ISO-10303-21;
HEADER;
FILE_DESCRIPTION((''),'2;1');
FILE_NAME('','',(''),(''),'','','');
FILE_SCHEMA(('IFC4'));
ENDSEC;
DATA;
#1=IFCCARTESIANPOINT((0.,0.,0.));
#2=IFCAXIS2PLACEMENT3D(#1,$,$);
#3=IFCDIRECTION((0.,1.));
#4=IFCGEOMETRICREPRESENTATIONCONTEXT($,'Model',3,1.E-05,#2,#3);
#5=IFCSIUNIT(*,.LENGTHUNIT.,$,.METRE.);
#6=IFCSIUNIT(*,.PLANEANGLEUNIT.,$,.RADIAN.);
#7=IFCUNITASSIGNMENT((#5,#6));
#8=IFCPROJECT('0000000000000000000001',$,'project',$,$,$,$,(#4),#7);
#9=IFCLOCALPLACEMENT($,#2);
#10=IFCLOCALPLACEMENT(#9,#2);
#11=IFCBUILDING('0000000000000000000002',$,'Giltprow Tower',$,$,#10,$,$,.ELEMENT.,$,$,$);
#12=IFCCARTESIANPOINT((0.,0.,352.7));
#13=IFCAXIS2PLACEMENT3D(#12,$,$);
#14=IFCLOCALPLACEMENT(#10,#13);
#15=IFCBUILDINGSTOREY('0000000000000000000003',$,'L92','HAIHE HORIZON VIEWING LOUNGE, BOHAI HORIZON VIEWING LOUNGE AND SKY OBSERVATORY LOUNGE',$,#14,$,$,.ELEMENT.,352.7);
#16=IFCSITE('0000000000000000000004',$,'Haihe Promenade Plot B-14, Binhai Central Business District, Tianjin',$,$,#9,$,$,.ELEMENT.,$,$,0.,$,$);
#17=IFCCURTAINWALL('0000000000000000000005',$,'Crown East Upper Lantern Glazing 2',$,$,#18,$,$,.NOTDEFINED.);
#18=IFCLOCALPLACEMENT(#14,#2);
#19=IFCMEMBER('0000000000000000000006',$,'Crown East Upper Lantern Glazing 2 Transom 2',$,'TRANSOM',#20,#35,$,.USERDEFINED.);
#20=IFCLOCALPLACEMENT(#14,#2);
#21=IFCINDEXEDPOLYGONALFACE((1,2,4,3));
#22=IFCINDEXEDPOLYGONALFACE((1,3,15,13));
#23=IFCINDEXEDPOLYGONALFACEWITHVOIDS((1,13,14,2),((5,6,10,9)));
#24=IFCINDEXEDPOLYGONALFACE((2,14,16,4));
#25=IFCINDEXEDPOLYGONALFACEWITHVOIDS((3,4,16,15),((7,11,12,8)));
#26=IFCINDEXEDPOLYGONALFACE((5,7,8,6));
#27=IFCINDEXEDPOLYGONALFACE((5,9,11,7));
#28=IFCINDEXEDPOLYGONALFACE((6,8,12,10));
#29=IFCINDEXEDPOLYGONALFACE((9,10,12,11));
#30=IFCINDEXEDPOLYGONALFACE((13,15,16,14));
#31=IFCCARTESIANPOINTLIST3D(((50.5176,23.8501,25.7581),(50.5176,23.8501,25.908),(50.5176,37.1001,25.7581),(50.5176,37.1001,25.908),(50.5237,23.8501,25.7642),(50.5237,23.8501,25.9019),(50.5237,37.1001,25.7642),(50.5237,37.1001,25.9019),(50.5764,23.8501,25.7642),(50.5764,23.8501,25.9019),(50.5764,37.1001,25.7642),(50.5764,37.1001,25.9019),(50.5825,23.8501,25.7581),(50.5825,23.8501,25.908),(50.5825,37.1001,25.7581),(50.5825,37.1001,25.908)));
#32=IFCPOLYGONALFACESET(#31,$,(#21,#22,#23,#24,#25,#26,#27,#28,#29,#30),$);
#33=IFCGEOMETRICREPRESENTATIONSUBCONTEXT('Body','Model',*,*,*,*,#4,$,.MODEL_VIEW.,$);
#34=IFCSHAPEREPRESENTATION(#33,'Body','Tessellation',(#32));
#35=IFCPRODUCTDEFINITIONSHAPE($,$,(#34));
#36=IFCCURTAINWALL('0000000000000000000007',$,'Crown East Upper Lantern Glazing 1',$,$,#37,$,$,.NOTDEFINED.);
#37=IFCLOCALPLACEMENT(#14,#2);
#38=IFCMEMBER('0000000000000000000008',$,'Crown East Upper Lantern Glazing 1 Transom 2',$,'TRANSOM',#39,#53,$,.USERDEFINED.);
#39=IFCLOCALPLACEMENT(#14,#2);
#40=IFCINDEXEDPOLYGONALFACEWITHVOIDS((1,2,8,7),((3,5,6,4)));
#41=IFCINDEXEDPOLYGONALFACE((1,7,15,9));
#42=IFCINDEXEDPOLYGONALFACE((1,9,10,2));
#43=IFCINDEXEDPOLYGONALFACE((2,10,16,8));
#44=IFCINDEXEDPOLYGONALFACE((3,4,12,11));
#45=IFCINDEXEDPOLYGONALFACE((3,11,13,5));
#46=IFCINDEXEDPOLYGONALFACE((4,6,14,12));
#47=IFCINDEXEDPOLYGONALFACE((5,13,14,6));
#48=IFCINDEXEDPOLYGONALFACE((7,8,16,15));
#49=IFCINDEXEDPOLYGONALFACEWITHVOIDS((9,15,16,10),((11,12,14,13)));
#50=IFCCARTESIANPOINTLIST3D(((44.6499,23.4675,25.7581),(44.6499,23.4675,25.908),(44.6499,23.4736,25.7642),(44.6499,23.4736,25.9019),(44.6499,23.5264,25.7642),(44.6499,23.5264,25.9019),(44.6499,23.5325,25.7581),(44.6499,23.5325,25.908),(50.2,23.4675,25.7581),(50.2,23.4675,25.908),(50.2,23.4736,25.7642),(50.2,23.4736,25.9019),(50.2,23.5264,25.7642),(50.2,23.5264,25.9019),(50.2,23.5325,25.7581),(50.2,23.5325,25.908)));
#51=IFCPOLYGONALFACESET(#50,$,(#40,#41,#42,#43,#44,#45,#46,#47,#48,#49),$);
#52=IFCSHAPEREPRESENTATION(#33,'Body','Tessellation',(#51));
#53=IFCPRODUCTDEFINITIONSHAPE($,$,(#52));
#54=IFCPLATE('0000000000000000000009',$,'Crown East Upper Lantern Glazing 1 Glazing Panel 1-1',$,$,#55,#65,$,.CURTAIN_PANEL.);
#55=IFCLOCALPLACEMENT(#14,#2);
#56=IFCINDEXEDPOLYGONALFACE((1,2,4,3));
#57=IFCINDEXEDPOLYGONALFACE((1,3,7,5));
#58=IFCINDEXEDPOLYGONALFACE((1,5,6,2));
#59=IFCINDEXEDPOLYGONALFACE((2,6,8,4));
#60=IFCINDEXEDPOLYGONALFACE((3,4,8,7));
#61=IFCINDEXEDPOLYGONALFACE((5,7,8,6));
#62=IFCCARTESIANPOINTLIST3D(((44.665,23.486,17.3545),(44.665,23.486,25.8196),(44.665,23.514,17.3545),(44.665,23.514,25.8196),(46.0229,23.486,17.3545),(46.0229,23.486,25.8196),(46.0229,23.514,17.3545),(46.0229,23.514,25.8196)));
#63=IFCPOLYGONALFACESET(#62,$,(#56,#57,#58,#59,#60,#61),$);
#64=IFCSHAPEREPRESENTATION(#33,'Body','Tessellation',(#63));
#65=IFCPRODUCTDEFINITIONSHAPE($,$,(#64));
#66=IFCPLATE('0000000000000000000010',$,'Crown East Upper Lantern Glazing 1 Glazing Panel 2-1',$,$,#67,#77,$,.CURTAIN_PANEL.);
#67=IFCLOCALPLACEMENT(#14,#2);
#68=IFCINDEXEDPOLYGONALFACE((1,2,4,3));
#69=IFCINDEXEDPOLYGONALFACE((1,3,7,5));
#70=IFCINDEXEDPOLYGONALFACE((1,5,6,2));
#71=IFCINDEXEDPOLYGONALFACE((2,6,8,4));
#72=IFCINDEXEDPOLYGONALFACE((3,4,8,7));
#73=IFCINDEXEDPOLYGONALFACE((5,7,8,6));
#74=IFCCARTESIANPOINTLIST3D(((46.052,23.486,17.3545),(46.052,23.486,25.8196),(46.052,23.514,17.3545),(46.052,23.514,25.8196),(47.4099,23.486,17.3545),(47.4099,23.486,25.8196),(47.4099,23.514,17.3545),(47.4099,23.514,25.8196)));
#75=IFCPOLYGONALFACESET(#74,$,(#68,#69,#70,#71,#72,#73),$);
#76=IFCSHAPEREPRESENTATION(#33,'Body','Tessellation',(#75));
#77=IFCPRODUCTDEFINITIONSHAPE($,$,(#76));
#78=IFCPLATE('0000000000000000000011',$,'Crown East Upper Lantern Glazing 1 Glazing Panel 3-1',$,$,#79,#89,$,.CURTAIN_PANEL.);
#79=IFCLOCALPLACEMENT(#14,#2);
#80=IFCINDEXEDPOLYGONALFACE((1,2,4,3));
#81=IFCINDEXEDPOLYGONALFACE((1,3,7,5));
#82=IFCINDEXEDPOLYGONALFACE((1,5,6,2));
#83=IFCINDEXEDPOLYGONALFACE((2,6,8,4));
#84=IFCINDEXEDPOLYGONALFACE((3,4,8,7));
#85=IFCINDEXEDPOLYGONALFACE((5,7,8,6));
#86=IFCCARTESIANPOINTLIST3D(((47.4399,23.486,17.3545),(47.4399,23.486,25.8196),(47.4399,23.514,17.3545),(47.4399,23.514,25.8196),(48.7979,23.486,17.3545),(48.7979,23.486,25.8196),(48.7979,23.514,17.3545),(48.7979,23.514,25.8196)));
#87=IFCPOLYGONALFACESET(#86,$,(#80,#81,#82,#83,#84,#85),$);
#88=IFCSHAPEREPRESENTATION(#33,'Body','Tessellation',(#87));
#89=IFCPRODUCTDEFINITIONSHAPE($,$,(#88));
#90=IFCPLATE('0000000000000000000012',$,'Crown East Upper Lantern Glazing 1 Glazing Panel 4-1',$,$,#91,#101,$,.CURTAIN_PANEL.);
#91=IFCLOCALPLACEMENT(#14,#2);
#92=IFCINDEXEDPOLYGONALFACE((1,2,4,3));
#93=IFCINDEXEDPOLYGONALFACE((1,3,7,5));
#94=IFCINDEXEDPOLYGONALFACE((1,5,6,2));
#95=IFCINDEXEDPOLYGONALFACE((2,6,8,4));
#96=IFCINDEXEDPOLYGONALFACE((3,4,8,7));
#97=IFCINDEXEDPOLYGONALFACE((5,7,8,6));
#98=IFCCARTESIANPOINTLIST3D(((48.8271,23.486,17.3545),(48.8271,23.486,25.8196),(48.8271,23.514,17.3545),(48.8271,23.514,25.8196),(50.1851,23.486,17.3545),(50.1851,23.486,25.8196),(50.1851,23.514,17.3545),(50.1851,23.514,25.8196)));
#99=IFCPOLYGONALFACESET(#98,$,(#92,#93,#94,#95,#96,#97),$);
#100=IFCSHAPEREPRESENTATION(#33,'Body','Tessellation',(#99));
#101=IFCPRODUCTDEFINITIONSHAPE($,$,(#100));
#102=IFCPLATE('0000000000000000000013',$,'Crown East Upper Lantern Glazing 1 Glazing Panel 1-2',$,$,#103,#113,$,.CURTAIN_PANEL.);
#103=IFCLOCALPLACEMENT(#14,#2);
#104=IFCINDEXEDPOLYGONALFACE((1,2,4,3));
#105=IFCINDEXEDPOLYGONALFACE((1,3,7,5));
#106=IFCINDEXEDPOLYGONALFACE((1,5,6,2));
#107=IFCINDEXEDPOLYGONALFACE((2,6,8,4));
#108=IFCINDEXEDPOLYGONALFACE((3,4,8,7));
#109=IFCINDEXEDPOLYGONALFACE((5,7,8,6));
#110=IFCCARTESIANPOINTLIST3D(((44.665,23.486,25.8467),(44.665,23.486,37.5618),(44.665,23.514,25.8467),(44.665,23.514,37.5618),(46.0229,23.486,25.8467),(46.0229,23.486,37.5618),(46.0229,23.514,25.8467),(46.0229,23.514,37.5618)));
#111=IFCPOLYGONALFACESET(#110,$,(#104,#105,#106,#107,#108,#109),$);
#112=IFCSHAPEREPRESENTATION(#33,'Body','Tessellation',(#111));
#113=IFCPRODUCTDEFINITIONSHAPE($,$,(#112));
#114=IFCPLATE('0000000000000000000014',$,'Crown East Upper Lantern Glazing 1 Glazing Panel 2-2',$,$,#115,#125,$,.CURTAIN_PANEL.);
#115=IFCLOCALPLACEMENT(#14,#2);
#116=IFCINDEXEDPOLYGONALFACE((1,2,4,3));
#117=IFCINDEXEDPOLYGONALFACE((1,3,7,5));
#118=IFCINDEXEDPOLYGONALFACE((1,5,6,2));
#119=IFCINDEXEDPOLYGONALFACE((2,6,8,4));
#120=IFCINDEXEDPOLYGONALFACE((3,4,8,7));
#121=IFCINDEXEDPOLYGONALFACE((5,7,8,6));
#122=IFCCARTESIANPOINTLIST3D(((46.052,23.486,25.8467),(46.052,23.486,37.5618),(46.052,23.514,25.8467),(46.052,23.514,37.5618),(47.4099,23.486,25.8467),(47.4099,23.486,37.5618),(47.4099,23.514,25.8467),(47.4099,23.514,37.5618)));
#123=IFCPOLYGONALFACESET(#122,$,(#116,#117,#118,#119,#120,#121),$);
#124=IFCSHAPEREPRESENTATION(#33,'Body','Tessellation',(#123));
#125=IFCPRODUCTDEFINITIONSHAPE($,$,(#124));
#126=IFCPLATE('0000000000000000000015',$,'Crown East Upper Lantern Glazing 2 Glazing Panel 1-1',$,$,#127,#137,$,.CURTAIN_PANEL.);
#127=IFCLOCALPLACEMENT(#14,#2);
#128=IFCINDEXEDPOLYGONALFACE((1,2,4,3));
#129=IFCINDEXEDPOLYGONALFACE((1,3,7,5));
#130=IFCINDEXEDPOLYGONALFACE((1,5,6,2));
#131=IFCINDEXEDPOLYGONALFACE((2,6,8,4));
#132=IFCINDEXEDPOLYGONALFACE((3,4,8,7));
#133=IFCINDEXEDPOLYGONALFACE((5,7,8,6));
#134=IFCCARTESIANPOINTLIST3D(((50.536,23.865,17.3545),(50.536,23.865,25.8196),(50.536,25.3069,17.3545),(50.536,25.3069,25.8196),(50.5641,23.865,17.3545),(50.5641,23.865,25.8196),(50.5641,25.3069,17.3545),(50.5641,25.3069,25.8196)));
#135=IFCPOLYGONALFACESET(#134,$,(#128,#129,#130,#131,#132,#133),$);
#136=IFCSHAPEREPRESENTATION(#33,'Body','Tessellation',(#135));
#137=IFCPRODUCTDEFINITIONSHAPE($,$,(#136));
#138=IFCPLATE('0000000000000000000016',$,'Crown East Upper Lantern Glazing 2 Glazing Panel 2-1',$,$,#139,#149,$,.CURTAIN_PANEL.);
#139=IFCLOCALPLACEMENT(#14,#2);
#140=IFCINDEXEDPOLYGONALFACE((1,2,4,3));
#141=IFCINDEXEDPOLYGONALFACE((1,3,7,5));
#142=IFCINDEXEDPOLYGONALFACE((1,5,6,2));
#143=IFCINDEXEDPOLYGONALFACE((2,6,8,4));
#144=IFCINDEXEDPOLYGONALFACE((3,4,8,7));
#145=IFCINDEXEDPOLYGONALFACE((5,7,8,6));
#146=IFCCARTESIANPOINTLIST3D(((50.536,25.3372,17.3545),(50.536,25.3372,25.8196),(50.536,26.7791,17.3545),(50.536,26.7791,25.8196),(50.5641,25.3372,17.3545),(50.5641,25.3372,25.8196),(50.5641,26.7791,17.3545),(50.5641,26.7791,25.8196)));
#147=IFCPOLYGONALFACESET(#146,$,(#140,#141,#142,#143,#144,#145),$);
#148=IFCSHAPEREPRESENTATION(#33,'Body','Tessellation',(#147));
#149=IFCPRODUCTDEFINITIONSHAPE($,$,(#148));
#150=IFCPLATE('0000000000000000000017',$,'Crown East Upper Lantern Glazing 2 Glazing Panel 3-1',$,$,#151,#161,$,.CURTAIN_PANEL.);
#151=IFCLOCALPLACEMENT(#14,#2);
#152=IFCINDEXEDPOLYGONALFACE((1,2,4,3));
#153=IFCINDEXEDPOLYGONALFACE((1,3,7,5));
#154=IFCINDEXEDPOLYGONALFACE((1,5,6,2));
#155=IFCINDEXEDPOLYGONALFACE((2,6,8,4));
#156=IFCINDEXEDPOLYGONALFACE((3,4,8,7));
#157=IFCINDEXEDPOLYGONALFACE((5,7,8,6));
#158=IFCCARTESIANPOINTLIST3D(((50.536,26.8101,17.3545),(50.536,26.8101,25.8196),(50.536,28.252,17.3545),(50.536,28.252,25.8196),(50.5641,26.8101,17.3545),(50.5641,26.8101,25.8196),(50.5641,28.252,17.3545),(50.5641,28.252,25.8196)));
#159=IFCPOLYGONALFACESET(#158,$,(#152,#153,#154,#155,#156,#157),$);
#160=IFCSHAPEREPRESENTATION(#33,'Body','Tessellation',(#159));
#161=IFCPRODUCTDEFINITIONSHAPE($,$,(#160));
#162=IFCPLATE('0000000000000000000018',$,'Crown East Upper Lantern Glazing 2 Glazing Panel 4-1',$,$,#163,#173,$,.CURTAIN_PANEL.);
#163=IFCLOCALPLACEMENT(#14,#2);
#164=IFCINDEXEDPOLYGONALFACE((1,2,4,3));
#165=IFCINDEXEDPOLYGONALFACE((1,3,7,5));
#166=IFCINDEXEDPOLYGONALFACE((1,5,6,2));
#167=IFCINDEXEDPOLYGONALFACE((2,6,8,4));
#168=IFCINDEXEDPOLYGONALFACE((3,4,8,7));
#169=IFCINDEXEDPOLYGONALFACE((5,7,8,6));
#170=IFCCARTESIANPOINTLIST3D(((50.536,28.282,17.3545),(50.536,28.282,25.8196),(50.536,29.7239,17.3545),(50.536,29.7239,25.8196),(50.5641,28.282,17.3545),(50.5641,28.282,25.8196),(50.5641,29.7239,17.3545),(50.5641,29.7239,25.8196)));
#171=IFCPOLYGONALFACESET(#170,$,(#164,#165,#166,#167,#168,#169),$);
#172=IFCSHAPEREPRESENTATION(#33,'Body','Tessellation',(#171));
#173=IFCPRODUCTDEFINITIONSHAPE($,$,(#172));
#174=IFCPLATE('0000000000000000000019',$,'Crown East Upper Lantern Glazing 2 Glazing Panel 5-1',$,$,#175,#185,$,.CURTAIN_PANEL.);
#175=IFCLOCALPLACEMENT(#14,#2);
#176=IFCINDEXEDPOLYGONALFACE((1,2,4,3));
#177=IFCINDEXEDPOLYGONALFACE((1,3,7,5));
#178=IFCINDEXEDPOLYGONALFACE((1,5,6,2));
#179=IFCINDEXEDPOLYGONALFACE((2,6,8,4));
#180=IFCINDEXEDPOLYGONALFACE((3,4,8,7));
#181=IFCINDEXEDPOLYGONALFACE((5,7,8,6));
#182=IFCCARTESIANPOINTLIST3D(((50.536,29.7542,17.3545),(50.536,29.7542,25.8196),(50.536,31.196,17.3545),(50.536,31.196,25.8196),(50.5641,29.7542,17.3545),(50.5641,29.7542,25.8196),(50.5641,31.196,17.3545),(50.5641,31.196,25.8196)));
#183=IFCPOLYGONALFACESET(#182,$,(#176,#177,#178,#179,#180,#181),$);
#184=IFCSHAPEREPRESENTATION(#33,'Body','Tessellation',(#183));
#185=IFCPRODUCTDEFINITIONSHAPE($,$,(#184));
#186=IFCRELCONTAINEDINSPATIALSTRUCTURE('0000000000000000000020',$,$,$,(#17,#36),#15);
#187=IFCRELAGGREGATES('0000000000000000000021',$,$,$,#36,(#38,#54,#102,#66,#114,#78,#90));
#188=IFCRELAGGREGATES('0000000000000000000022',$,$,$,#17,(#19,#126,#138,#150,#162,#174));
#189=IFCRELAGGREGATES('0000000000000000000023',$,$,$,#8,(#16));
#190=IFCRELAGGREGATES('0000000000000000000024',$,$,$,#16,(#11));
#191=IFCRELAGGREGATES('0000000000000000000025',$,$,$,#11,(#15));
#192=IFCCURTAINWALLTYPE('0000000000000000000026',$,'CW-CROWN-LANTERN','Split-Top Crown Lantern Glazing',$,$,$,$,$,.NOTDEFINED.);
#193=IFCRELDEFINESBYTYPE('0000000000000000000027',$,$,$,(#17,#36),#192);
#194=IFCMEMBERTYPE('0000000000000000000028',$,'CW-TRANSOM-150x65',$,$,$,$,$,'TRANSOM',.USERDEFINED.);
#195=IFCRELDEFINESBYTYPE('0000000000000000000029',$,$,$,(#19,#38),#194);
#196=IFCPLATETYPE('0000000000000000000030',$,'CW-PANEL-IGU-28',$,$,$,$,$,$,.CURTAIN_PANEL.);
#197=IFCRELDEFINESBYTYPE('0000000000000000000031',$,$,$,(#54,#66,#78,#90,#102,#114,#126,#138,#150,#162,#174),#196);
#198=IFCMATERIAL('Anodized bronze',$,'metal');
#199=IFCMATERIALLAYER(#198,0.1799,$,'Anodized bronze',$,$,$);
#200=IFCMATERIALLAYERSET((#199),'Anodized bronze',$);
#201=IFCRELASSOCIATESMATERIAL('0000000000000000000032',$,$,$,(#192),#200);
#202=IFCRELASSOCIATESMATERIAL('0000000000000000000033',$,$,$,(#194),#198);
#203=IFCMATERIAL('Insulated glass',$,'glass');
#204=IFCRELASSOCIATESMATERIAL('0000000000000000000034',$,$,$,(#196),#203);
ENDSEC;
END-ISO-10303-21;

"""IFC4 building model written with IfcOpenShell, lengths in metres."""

from ifc_helpers import new_model, si_unit, direction, frame, origin, origin_2d, place, context, subcontext, project, spatial, rectangle, hollow_rectangle, extrude, source, transform, mapped, material, layer, layer_set, material_profile, profile_set, type_object, element, aggregate, save


model = new_model("IFC4")

# Units and contexts
model_context = context("Model", 3, precision=1e-05, world=origin(), true_north=direction((0.0, 1.0)))
body_context = subcontext(model_context, "Body", "Model", "MODEL_VIEW")
ifc_project = project(units=[si_unit("LENGTHUNIT", "METRE"), si_unit("PLANEANGLEUNIT", "RADIAN")], contexts=[model_context])

# Site, building, storey
site_placement = place(None, origin())
site = spatial("IfcSite", under=ifc_project, at=site_placement, Name="Haihe Promenade Plot B-14, Binhai Central Business District, Tianjin", CompositionType="ELEMENT", RefElevation=0.0)
building_placement = place(site_placement, origin())
building = spatial("IfcBuilding", under=site, at=building_placement, Name="Giltprow Tower", CompositionType="ELEMENT")
storey_placement = place(building_placement, frame((0.0, 0.0, 352.7)))
storey = spatial("IfcBuildingStorey", under=building, at=storey_placement, Name="L92", Description="HAIHE HORIZON VIEWING LOUNGE, BOHAI HORIZON VIEWING LOUNGE AND SKY OBSERVATORY LOUNGE", CompositionType="ELEMENT", Elevation=352.7)

# Curtain wall, member
ifc_material_1 = material(Name="Anodized bronze", Category="metal")
ifc_layer = layer(ifc_material_1, 0.1799, Name="Anodized bronze")
ifc_layer_set = layer_set([ifc_layer], Name="Anodized bronze")
curtain_wall_type = type_object("IfcCurtainWallType", Name="CW-CROWN-LANTERN", Description="Split-Top Crown Lantern Glazing", PredefinedType="NOTDEFINED", material=ifc_layer_set)
curtain_wall_1_placement = place(storey_placement, origin())
curtain_wall_1 = element("IfcCurtainWall", 1, at=curtain_wall_1_placement, inside=storey, type_object=curtain_wall_type, Name="Crown East Upper Lantern Glazing 2", PredefinedType="NOTDEFINED")
ifc_material_profile = material_profile(ifc_material_1, hollow_rectangle(XDim=0.0649, YDim=0.1499, WallThickness=0.0061, at=origin_2d()), Name="RHS 150x65x6")
ifc_profile_set = profile_set([ifc_material_profile], Name="Anodized bronze")
member_type = type_object("IfcMemberType", Name="CW-TRANSOM-150x65", ElementType="TRANSOM", PredefinedType="USERDEFINED", material=ifc_profile_set)
shared_shape_1 = source(origin(), body_context, "Body", "SweptSolid", [
    extrude(hollow_rectangle(XDim=0.0649, YDim=0.1499, WallThickness=0.0061, at=origin_2d()), origin(), (0.0, 0.0, 1.0), 13.25),
])
member_1_placement = place(storey_placement, frame((50.55, 23.8501, 25.833), z_axis=(0.0, 1.0, 0.0), x_axis=(-1.0, 0.0, 0.0)))
member_1 = element("IfcMember", 2, at=member_1_placement, type_object=member_type, Name="Crown East Upper Lantern Glazing 2 Transom 2", ObjectType="TRANSOM", PredefinedType="USERDEFINED", context=body_context, shape_type="MappedRepresentation", body=[
    mapped(shared_shape_1, transform((0.0, 0.0, 0.0), x_axis=(1.0, 0.0, 0.0), y_axis=(0.0, 1.0, 0.0), z_axis=(0.0, 0.0, 1.0), scale=1.0)),
])

# Curtain wall, member, plates
curtain_wall_2_placement = place(storey_placement, origin())
curtain_wall_2 = element("IfcCurtainWall", 3, at=curtain_wall_2_placement, inside=storey, type_object=curtain_wall_type, Name="Crown East Upper Lantern Glazing 1", PredefinedType="NOTDEFINED")
shared_shape_2 = source(origin(), body_context, "Body", "SweptSolid", [
    extrude(hollow_rectangle(XDim=0.0649, YDim=0.1499, WallThickness=0.0061, at=origin_2d()), origin(), (0.0, 0.0, 1.0), 5.55),
])
member_2_placement = place(storey_placement, frame((44.6499, 23.5, 25.833), z_axis=(1.0, 0.0, 0.0), x_axis=(0.0, 1.0, 0.0)))
member_2 = element("IfcMember", 4, at=member_2_placement, type_object=member_type, Name="Crown East Upper Lantern Glazing 1 Transom 2", ObjectType="TRANSOM", PredefinedType="USERDEFINED", context=body_context, shape_type="MappedRepresentation", body=[
    mapped(shared_shape_2, transform((0.0, 0.0, 0.0), x_axis=(1.0, 0.0, 0.0), y_axis=(0.0, 1.0, 0.0), z_axis=(0.0, 0.0, 1.0), scale=1.0)),
])
ifc_material_2 = material(Name="Insulated glass", Category="glass")
plate_type = type_object("IfcPlateType", Name="CW-PANEL-IGU-28", PredefinedType="CURTAIN_PANEL", material=ifc_material_2)
shared_shape_3 = source(origin(), body_context, "Body", "SweptSolid", [
    extrude(rectangle(XDim=1.3579, YDim=0.0281, at=origin_2d()), origin(), (0.0, 0.0, 1.0), 8.4651),
])
plate_1_placement = place(storey_placement, frame((45.344, 23.5, 17.3545), z_axis=(0.0, 0.0, 1.0), x_axis=(1.0, 0.0, 0.0)))
plate_1 = element("IfcPlate", 5, at=plate_1_placement, type_object=plate_type, Name="Crown East Upper Lantern Glazing 1 Glazing Panel 1-1", PredefinedType="CURTAIN_PANEL", context=body_context, shape_type="MappedRepresentation", body=[
    mapped(shared_shape_3, transform((0.0, 0.0, 0.0), x_axis=(1.0, 0.0, 0.0), y_axis=(0.0, 1.0, 0.0), z_axis=(0.0, 0.0, 1.0), scale=1.0)),
])
plate_2_placement = place(storey_placement, frame((46.731, 23.5, 17.3545), z_axis=(0.0, 0.0, 1.0), x_axis=(1.0, 0.0, 0.0)))
plate_2 = element("IfcPlate", 6, at=plate_2_placement, type_object=plate_type, Name="Crown East Upper Lantern Glazing 1 Glazing Panel 2-1", PredefinedType="CURTAIN_PANEL", context=body_context, shape_type="MappedRepresentation", body=[
    mapped(shared_shape_3, transform((0.0, 0.0, 0.0), x_axis=(1.0, 0.0, 0.0), y_axis=(0.0, 1.0, 0.0), z_axis=(0.0, 0.0, 1.0), scale=1.0)),
])
plate_3_placement = place(storey_placement, frame((48.1189, 23.5, 17.3545), z_axis=(0.0, 0.0, 1.0), x_axis=(1.0, 0.0, 0.0)))
plate_3 = element("IfcPlate", 7, at=plate_3_placement, type_object=plate_type, Name="Crown East Upper Lantern Glazing 1 Glazing Panel 3-1", PredefinedType="CURTAIN_PANEL", context=body_context, shape_type="MappedRepresentation", body=[
    mapped(shared_shape_3, transform((0.0, 0.0, 0.0), x_axis=(1.0, 0.0, 0.0), y_axis=(0.0, 1.0, 0.0), z_axis=(0.0, 0.0, 1.0), scale=1.0)),
])
plate_4_placement = place(storey_placement, frame((49.5061, 23.5, 17.3545), z_axis=(0.0, 0.0, 1.0), x_axis=(1.0, 0.0, 0.0)))
plate_4 = element("IfcPlate", 8, at=plate_4_placement, type_object=plate_type, Name="Crown East Upper Lantern Glazing 1 Glazing Panel 4-1", PredefinedType="CURTAIN_PANEL", context=body_context, shape_type="MappedRepresentation", body=[
    mapped(shared_shape_3, transform((0.0, 0.0, 0.0), x_axis=(1.0, 0.0, 0.0), y_axis=(0.0, 1.0, 0.0), z_axis=(0.0, 0.0, 1.0), scale=1.0)),
])
shared_shape_4 = source(origin(), body_context, "Body", "SweptSolid", [
    extrude(rectangle(XDim=1.3579, YDim=0.0281, at=origin_2d()), origin(), (0.0, 0.0, 1.0), 11.7151),
])
plate_5_placement = place(storey_placement, frame((45.344, 23.5, 25.8467), z_axis=(0.0, 0.0, 1.0), x_axis=(1.0, 0.0, 0.0)))
plate_5 = element("IfcPlate", 9, at=plate_5_placement, type_object=plate_type, Name="Crown East Upper Lantern Glazing 1 Glazing Panel 1-2", PredefinedType="CURTAIN_PANEL", context=body_context, shape_type="MappedRepresentation", body=[
    mapped(shared_shape_4, transform((0.0, 0.0, 0.0), x_axis=(1.0, 0.0, 0.0), y_axis=(0.0, 1.0, 0.0), z_axis=(0.0, 0.0, 1.0), scale=1.0)),
])
plate_6_placement = place(storey_placement, frame((46.731, 23.5, 25.8467), z_axis=(0.0, 0.0, 1.0), x_axis=(1.0, 0.0, 0.0)))
plate_6 = element("IfcPlate", 10, at=plate_6_placement, type_object=plate_type, Name="Crown East Upper Lantern Glazing 1 Glazing Panel 2-2", PredefinedType="CURTAIN_PANEL", context=body_context, shape_type="MappedRepresentation", body=[
    mapped(shared_shape_4, transform((0.0, 0.0, 0.0), x_axis=(1.0, 0.0, 0.0), y_axis=(0.0, 1.0, 0.0), z_axis=(0.0, 0.0, 1.0), scale=1.0)),
])
aggregate(curtain_wall_2, [member_2, plate_1, plate_5, plate_2, plate_6, plate_3, plate_4])

# Plates
shared_shape_5 = source(origin(), body_context, "Body", "SweptSolid", [
    extrude(rectangle(XDim=1.4419, YDim=0.0281, at=origin_2d()), origin(), (0.0, 0.0, 1.0), 8.4651),
])
plate_7_placement = place(storey_placement, frame((50.55, 24.5859, 17.3545), z_axis=(0.0, 0.0, 1.0), x_axis=(0.0, 1.0, 0.0)))
plate_7 = element("IfcPlate", 11, at=plate_7_placement, type_object=plate_type, Name="Crown East Upper Lantern Glazing 2 Glazing Panel 1-1", PredefinedType="CURTAIN_PANEL", context=body_context, shape_type="MappedRepresentation", body=[
    mapped(shared_shape_5, transform((0.0, 0.0, 0.0), x_axis=(1.0, 0.0, 0.0), y_axis=(0.0, 1.0, 0.0), z_axis=(0.0, 0.0, 1.0), scale=1.0)),
])
plate_8_placement = place(storey_placement, frame((50.55, 26.0581, 17.3545), z_axis=(0.0, 0.0, 1.0), x_axis=(0.0, 1.0, 0.0)))
plate_8 = element("IfcPlate", 12, at=plate_8_placement, type_object=plate_type, Name="Crown East Upper Lantern Glazing 2 Glazing Panel 2-1", PredefinedType="CURTAIN_PANEL", context=body_context, shape_type="MappedRepresentation", body=[
    mapped(shared_shape_5, transform((0.0, 0.0, 0.0), x_axis=(1.0, 0.0, 0.0), y_axis=(0.0, 1.0, 0.0), z_axis=(0.0, 0.0, 1.0), scale=1.0)),
])
plate_9_placement = place(storey_placement, frame((50.55, 27.531, 17.3545), z_axis=(0.0, 0.0, 1.0), x_axis=(0.0, 1.0, 0.0)))
plate_9 = element("IfcPlate", 13, at=plate_9_placement, type_object=plate_type, Name="Crown East Upper Lantern Glazing 2 Glazing Panel 3-1", PredefinedType="CURTAIN_PANEL", context=body_context, shape_type="MappedRepresentation", body=[
    mapped(shared_shape_5, transform((0.0, 0.0, 0.0), x_axis=(1.0, 0.0, 0.0), y_axis=(0.0, 1.0, 0.0), z_axis=(0.0, 0.0, 1.0), scale=1.0)),
])
plate_10_placement = place(storey_placement, frame((50.55, 29.0029, 17.3545), z_axis=(0.0, 0.0, 1.0), x_axis=(0.0, 1.0, 0.0)))
plate_10 = element("IfcPlate", 14, at=plate_10_placement, type_object=plate_type, Name="Crown East Upper Lantern Glazing 2 Glazing Panel 4-1", PredefinedType="CURTAIN_PANEL", context=body_context, shape_type="MappedRepresentation", body=[
    mapped(shared_shape_5, transform((0.0, 0.0, 0.0), x_axis=(1.0, 0.0, 0.0), y_axis=(0.0, 1.0, 0.0), z_axis=(0.0, 0.0, 1.0), scale=1.0)),
])
plate_11_placement = place(storey_placement, frame((50.55, 30.4751, 17.3545), z_axis=(0.0, 0.0, 1.0), x_axis=(0.0, 1.0, 0.0)))
plate_11 = element("IfcPlate", 15, at=plate_11_placement, type_object=plate_type, Name="Crown East Upper Lantern Glazing 2 Glazing Panel 5-1", PredefinedType="CURTAIN_PANEL", context=body_context, shape_type="MappedRepresentation", body=[
    mapped(shared_shape_5, transform((0.0, 0.0, 0.0), x_axis=(1.0, 0.0, 0.0), y_axis=(0.0, 1.0, 0.0), z_axis=(0.0, 0.0, 1.0), scale=1.0)),
])
aggregate(curtain_wall_1, [member_1, plate_7, plate_8, plate_9, plate_10, plate_11])

save(model, "model.ifc")
